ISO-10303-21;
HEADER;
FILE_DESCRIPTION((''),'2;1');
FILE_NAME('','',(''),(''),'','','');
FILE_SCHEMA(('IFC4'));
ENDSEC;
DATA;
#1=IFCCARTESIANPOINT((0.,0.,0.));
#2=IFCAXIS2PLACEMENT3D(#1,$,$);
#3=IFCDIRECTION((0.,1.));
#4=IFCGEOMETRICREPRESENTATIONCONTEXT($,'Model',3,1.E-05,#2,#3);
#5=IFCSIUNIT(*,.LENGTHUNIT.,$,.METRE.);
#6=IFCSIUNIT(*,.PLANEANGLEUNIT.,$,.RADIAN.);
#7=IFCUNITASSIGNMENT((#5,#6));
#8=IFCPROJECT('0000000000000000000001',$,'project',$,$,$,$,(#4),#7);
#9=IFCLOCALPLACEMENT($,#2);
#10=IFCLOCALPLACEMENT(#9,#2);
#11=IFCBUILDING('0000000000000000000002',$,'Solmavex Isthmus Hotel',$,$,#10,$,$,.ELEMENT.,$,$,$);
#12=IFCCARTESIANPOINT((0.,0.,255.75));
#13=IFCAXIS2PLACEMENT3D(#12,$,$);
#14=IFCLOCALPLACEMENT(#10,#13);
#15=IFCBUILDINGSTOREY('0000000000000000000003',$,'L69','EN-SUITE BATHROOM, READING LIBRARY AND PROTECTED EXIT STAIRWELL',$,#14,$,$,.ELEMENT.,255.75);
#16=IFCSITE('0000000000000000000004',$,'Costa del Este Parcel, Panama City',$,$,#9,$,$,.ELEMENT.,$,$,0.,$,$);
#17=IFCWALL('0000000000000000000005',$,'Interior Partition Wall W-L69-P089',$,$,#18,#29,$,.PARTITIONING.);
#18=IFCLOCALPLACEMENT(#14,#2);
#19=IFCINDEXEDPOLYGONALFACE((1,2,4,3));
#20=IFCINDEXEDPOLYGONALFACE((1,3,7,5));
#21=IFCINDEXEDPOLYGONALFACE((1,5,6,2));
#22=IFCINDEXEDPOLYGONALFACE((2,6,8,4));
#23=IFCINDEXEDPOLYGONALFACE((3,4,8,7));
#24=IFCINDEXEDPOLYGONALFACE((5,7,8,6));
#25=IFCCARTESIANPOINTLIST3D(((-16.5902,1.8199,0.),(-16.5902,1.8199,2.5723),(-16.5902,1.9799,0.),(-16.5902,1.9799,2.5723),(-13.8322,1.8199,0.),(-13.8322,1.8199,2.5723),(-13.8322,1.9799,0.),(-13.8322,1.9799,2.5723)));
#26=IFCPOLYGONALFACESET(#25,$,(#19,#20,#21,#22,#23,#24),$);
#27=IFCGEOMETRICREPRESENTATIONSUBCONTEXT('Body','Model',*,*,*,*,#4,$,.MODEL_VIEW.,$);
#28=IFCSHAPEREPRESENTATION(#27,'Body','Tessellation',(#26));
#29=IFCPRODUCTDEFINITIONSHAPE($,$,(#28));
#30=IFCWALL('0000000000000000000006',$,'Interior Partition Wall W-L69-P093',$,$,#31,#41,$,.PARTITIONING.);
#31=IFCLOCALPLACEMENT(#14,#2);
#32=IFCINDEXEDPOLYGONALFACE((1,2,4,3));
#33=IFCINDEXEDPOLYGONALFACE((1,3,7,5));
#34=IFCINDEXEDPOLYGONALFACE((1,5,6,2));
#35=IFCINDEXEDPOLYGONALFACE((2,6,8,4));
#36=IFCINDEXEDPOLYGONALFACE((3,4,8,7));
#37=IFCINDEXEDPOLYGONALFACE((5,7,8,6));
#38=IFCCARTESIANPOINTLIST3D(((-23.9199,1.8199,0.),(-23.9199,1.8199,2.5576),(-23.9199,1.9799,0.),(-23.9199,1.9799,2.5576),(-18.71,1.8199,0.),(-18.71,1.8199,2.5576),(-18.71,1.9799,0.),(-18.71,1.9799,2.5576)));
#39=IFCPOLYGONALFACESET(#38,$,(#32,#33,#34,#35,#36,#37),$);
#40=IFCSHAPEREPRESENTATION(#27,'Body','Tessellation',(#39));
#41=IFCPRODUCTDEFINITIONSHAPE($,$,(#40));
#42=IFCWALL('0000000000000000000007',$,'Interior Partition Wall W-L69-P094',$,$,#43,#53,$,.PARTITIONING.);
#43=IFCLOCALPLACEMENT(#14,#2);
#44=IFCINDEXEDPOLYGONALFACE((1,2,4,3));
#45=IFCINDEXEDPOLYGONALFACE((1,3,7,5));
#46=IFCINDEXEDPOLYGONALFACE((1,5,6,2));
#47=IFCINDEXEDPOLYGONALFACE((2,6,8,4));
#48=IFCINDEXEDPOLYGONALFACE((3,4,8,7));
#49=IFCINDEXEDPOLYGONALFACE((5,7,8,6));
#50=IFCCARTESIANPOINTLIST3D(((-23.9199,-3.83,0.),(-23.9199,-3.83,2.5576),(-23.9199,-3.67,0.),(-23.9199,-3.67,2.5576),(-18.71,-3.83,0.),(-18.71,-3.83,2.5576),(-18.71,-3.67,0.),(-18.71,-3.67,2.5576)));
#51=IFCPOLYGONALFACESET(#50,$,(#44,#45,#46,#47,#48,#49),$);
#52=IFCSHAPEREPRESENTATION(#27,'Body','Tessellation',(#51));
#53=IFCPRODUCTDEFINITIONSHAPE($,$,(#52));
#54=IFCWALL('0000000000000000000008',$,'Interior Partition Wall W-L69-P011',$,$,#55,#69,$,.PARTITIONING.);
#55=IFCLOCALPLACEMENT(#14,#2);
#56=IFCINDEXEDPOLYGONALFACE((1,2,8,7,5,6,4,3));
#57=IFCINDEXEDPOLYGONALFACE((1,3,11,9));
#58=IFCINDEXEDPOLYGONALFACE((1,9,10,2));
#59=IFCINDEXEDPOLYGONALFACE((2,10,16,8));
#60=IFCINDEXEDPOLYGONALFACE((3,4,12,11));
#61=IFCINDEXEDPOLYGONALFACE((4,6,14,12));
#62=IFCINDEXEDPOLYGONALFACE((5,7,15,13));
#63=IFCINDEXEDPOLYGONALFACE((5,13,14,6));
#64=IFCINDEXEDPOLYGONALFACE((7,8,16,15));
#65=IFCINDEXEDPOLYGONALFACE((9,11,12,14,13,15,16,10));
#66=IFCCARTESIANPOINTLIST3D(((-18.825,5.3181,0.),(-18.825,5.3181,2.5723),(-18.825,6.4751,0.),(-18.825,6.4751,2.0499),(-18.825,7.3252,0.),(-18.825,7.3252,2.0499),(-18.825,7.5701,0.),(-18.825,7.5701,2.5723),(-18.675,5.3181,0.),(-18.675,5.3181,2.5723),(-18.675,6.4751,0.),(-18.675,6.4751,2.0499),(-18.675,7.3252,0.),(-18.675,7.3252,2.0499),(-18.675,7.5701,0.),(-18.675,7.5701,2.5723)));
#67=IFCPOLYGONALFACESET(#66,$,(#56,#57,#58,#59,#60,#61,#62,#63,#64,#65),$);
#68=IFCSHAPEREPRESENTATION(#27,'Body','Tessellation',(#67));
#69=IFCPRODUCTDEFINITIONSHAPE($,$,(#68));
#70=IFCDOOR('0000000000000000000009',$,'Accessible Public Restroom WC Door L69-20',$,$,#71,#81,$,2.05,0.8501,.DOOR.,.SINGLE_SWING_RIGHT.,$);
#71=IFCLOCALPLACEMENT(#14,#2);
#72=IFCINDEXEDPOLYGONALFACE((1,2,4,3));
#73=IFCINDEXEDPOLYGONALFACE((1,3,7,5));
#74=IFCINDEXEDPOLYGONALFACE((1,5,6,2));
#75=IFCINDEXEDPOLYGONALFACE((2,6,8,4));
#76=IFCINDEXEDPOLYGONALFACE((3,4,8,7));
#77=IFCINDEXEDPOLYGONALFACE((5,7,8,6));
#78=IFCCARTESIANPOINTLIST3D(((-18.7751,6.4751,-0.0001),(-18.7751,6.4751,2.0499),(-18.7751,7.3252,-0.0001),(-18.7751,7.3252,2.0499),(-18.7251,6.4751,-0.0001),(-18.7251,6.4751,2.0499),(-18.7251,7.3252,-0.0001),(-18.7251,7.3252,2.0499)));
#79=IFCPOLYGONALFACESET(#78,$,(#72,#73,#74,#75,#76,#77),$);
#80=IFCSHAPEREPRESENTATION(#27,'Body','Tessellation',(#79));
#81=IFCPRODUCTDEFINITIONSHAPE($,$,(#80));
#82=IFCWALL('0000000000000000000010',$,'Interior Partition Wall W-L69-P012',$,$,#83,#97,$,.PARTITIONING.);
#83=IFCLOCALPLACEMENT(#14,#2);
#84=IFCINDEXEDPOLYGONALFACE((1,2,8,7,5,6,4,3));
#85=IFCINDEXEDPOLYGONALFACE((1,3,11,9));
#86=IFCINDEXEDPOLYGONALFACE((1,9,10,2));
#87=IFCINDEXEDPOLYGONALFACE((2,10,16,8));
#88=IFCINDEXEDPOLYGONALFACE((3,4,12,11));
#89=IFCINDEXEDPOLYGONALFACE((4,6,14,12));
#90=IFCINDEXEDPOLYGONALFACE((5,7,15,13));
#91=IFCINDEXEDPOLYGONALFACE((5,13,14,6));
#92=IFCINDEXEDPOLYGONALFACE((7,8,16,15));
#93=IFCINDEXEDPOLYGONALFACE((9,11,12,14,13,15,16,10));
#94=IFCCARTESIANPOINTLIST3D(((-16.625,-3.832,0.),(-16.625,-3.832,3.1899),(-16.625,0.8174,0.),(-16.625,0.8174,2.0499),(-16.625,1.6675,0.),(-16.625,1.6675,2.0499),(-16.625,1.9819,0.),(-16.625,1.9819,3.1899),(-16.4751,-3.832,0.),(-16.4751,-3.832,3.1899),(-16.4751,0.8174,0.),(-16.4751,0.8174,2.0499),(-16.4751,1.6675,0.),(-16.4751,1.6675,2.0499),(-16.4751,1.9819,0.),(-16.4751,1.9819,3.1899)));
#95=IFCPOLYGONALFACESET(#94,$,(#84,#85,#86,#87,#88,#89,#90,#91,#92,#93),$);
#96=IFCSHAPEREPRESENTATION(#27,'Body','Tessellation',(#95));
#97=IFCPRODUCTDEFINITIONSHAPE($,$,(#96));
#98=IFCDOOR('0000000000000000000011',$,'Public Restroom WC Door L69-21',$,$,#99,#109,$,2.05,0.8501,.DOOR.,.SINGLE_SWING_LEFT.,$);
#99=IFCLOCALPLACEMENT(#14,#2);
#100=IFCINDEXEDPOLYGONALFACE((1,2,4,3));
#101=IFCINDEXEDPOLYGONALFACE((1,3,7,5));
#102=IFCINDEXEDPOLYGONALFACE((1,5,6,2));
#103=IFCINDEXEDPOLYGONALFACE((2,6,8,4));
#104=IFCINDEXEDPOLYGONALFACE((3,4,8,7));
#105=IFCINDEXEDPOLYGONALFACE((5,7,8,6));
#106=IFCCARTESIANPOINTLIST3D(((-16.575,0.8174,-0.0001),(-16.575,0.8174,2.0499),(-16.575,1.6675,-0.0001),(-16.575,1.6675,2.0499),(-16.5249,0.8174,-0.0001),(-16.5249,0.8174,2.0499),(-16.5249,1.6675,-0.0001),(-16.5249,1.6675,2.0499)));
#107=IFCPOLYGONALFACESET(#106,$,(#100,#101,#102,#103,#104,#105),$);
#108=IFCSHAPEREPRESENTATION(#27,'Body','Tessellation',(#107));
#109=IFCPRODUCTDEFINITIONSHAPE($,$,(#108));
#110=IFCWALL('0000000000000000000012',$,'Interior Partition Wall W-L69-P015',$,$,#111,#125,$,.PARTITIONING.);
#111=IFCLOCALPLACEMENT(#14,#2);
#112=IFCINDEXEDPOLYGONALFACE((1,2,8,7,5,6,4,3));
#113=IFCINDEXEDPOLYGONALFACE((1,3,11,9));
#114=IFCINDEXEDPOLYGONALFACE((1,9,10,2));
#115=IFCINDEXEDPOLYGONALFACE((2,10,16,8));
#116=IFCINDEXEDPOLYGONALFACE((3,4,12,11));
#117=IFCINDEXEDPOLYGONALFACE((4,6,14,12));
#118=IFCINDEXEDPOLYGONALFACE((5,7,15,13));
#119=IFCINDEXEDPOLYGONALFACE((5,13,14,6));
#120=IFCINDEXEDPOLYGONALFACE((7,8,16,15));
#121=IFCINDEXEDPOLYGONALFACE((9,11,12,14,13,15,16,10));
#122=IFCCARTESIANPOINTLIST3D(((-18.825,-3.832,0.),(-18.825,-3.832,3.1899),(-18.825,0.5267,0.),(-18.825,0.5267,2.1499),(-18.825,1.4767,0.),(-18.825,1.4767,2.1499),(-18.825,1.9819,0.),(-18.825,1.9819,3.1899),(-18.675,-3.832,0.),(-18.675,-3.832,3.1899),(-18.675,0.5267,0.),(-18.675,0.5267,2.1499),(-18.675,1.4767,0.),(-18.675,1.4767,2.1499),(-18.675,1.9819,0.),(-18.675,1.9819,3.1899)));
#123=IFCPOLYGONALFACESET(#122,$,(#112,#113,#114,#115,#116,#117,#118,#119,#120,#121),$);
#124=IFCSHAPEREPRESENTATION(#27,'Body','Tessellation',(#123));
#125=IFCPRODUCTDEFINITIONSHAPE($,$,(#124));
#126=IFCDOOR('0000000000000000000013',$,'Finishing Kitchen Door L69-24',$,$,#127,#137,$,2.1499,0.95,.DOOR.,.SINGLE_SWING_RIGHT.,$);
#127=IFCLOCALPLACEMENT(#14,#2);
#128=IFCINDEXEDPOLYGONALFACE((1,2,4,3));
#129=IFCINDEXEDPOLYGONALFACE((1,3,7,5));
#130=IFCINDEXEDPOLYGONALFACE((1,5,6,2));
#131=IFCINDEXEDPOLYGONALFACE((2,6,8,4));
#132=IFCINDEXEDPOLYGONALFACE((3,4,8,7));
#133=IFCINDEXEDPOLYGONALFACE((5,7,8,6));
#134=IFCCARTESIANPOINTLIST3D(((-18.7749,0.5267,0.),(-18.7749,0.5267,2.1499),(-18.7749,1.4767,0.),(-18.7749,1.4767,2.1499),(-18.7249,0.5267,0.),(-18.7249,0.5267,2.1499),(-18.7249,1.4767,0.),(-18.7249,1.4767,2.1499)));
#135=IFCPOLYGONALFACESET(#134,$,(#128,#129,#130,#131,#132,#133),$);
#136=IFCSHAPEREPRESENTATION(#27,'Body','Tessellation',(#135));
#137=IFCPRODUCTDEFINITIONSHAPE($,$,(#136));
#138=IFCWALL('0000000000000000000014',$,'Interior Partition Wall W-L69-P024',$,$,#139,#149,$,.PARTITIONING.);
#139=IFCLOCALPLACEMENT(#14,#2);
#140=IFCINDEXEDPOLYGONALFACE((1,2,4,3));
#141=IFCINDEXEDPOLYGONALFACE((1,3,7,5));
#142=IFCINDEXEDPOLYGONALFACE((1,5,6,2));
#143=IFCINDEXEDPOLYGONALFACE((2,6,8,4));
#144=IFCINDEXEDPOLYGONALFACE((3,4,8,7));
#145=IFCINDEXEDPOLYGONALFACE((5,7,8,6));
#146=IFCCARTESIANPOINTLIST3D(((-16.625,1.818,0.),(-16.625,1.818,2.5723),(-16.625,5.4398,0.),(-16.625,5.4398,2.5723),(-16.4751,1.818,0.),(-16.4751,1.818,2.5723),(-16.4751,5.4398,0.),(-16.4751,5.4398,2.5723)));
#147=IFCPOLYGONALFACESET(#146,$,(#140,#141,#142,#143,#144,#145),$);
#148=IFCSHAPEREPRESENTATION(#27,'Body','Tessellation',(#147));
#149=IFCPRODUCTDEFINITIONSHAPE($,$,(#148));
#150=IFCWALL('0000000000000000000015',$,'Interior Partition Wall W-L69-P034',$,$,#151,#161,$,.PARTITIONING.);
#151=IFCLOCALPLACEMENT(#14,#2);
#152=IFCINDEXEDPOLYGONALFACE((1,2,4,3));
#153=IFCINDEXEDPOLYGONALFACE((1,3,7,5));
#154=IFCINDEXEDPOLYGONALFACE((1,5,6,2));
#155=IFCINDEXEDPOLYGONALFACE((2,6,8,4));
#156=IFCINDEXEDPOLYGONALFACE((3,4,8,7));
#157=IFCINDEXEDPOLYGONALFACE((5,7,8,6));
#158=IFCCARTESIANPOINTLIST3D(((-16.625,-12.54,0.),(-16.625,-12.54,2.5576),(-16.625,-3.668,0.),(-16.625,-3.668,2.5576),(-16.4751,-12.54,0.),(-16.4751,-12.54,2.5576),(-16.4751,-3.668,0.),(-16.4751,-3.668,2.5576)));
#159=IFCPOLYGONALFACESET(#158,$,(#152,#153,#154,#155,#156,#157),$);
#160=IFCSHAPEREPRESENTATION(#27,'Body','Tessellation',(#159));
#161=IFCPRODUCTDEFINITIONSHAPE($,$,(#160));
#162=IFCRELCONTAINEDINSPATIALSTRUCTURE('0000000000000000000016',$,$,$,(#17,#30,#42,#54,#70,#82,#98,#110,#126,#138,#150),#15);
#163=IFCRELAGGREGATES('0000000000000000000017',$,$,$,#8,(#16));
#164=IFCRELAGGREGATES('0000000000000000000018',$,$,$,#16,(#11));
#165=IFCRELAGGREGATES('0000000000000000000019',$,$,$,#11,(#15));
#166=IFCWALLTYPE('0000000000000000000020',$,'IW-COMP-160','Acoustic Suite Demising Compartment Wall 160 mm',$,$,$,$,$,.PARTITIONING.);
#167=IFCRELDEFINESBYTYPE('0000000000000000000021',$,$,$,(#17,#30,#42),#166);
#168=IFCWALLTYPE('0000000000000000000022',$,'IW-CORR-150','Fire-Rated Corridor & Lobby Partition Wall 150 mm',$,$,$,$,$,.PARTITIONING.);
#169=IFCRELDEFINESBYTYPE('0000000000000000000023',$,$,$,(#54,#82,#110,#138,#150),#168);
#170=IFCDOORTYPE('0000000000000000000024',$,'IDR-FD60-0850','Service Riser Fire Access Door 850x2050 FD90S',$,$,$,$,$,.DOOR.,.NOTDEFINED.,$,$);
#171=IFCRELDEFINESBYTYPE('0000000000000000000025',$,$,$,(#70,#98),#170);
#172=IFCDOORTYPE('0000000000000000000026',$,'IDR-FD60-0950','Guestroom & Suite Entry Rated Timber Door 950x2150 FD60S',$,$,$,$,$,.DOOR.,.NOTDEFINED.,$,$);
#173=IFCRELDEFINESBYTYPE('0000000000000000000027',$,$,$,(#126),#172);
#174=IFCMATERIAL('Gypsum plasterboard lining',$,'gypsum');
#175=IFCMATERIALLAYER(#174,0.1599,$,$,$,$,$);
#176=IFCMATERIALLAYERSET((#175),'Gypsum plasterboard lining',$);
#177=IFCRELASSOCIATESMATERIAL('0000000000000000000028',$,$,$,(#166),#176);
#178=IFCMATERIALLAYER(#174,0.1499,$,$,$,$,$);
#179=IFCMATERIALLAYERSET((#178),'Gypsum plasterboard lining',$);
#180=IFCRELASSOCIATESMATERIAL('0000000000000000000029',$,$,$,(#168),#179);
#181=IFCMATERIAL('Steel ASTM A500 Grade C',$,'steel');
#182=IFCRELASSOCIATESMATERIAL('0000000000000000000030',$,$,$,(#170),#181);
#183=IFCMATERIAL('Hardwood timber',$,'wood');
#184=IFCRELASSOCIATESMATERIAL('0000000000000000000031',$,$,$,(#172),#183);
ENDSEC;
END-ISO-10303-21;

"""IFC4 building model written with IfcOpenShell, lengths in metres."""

from ifc_helpers import new_model, si_unit, direction, frame, frame_2d, origin, place, context, subcontext, project, spatial, rectangle, extrude, material, layer, layer_set, type_object, element, fill, save


model = new_model("IFC4")

# Units and contexts
model_context = context("Model", 3, precision=1e-05, world=origin(), true_north=direction((0.0, 1.0)))
body_context = subcontext(model_context, "Body", "Model", "MODEL_VIEW")
ifc_project = project(units=[si_unit("LENGTHUNIT", "METRE"), si_unit("PLANEANGLEUNIT", "RADIAN")], contexts=[model_context])

# Site, building, storey
site_placement = place(None, origin())
site = spatial("IfcSite", under=ifc_project, at=site_placement, Name="Costa del Este Parcel, Panama City", CompositionType="ELEMENT", RefElevation=0.0)
building_placement = place(site_placement, origin())
building = spatial("IfcBuilding", under=site, at=building_placement, Name="Solmavex Isthmus Hotel", CompositionType="ELEMENT")
storey_placement = place(building_placement, frame((0.0, 0.0, 255.75)))
storey = spatial("IfcBuildingStorey", under=building, at=storey_placement, Name="L69", Description="EN-SUITE BATHROOM, READING LIBRARY AND PROTECTED EXIT STAIRWELL", CompositionType="ELEMENT", Elevation=255.75)

# Walls
ifc_material_1 = material(Name="Gypsum plasterboard lining", Category="gypsum")
ifc_layer_1 = layer(ifc_material_1, 0.1599)
ifc_layer_set_1 = layer_set([ifc_layer_1], Name="Gypsum plasterboard lining")
wall_type_1 = type_object("IfcWallType", Name="IW-COMP-160", Description="Acoustic Suite Demising Compartment Wall 160 mm", PredefinedType="PARTITIONING", material=ifc_layer_set_1)
wall_1_placement = place(storey_placement, frame((-16.5901, 1.8999, 0.0), z_axis=(0.0, 0.0, 1.0), x_axis=(1.0, 0.0, 0.0)))
element("IfcWall", 1, at=wall_1_placement, inside=storey, type_object=wall_type_1, Name="Interior Partition Wall W-L69-P089", PredefinedType="PARTITIONING", context=body_context, shape_type="SweptSolid", body=[
    extrude(rectangle(XDim=2.7581, YDim=0.1599, at=frame_2d((1.3789, 0.0))), origin(), (0.0, 0.0, 1.0), 2.5723),
])
for number, where, z_axis, x_axis, name in (
    (2, (-18.71, 1.8999, 0.0), (0.0, 0.0, 1.0), (-1.0, 0.0, 0.0), "Interior Partition Wall W-L69-P093"),
    (3, (-18.71, -3.75, 0.0), (0.0, 0.0, 1.0), (-1.0, 0.0, 0.0), "Interior Partition Wall W-L69-P094"),
):
    element("IfcWall", number, at=place(storey_placement, frame(where, z_axis=z_axis, x_axis=x_axis)), inside=storey, type_object=wall_type_1, Name=name, PredefinedType="PARTITIONING", context=body_context, shape_type="SweptSolid", body=[
        extrude(rectangle(XDim=5.21, YDim=0.1599, at=frame_2d((2.605, 0.0))), origin(), (0.0, 0.0, 1.0), 2.5576),
    ])

# Walls, openings, doors
ifc_layer_2 = layer(ifc_material_1, 0.1499)
ifc_layer_set_2 = layer_set([ifc_layer_2], Name="Gypsum plasterboard lining")
wall_type_2 = type_object("IfcWallType", Name="IW-CORR-150", Description="Fire-Rated Corridor & Lobby Partition Wall 150 mm", PredefinedType="PARTITIONING", material=ifc_layer_set_2)
wall_2_placement = place(storey_placement, frame((-18.75, 5.3181, 0.0), z_axis=(0.0, 0.0, 1.0), x_axis=(0.0, 1.0, 0.0)))
wall_2 = element("IfcWall", 4, at=wall_2_placement, inside=storey, type_object=wall_type_2, Name="Interior Partition Wall W-L69-P011", PredefinedType="PARTITIONING", context=body_context, shape_type="SweptSolid", body=[
    extrude(rectangle(XDim=2.252, YDim=0.1499, at=frame_2d((1.126, 0.0))), origin(), (0.0, 0.0, 1.0), 2.5723),
])
opening_1_placement = place(wall_2_placement, frame((1.157, 0.0, 0.0)))
opening_1 = element("IfcOpeningElement", 5, at=opening_1_placement, cuts=wall_2, PredefinedType="OPENING", context=body_context, shape_type="SweptSolid", body=[
    extrude(rectangle(XDim=0.8501, YDim=2.05, at=frame_2d((0.425, 1.0249))), frame((0.0, 0.085, 0.0), z_axis=(0.0, -1.0, 0.0), x_axis=(1.0, 0.0, 0.0)), (0.0, 0.0, 1.0), 0.1699),
])
ifc_material_2 = material(Name="Steel ASTM A500 Grade C", Category="steel")
door_type_1 = type_object("IfcDoorType", Name="IDR-FD60-0850", Description="Service Riser Fire Access Door 850x2050 FD90S", OperationType="NOTDEFINED", PredefinedType="DOOR", material=ifc_material_2)
door_1_placement = place(opening_1_placement, frame((0.8501, 0.0, 0.0), z_axis=(0.0, 0.0, 1.0), x_axis=(-1.0, 0.0, 0.0)))
door_1 = element("IfcDoor", 6, at=door_1_placement, inside=storey, type_object=door_type_1, Name="Accessible Public Restroom WC Door L69-20", OperationType="SINGLE_SWING_RIGHT", OverallHeight=2.05, OverallWidth=0.8501, PredefinedType="DOOR", context=body_context, shape_type="SweptSolid", body=[
    extrude(rectangle(XDim=0.8501, YDim=2.05, at=frame_2d((0.425, 1.0249))), frame((0.0, 0.0249, 0.0), z_axis=(0.0, -1.0, 0.0), x_axis=(1.0, 0.0, 0.0)), (0.0, 0.0, 1.0), 0.05),
])
fill(opening_1, door_1)
wall_3_placement = place(storey_placement, frame((-16.55, 1.9819, 0.0), z_axis=(0.0, 0.0, 1.0), x_axis=(0.0, -1.0, 0.0)))
wall_3 = element("IfcWall", 7, at=wall_3_placement, inside=storey, type_object=wall_type_2, Name="Interior Partition Wall W-L69-P012", PredefinedType="PARTITIONING", context=body_context, shape_type="SweptSolid", body=[
    extrude(rectangle(XDim=5.814, YDim=0.1499, at=frame_2d((2.907, 0.0))), origin(), (0.0, 0.0, 1.0), 3.1899),
])
opening_2_placement = place(wall_3_placement, frame((0.3145, 0.0, 0.0)))
opening_2 = element("IfcOpeningElement", 8, at=opening_2_placement, cuts=wall_3, PredefinedType="OPENING", context=body_context, shape_type="SweptSolid", body=[
    extrude(rectangle(XDim=0.8501, YDim=2.05, at=frame_2d((0.425, 1.0249))), frame((0.0, 0.085, 0.0), z_axis=(0.0, -1.0, 0.0), x_axis=(1.0, 0.0, 0.0)), (0.0, 0.0, 1.0), 0.1699),
])
door_2_placement = place(opening_2_placement, frame((0.8501, 0.0, 0.0), z_axis=(0.0, 0.0, 1.0), x_axis=(-1.0, 0.0, 0.0)))
door_2 = element("IfcDoor", 9, at=door_2_placement, inside=storey, type_object=door_type_1, Name="Public Restroom WC Door L69-21", OperationType="SINGLE_SWING_LEFT", OverallHeight=2.05, OverallWidth=0.8501, PredefinedType="DOOR", context=body_context, shape_type="SweptSolid", body=[
    extrude(rectangle(XDim=0.8501, YDim=2.05, at=frame_2d((0.425, 1.0249))), frame((0.0, 0.0249, 0.0), z_axis=(0.0, -1.0, 0.0), x_axis=(1.0, 0.0, 0.0)), (0.0, 0.0, 1.0), 0.05),
])
fill(opening_2, door_2)
ifc_material_3 = material(Name="Hardwood timber", Category="wood")
door_type_2 = type_object("IfcDoorType", Name="IDR-FD60-0950", Description="Guestroom & Suite Entry Rated Timber Door 950x2150 FD60S", OperationType="NOTDEFINED", PredefinedType="DOOR", material=ifc_material_3)
wall_4_placement = place(storey_placement, frame((-18.75, -3.832, 0.0), z_axis=(0.0, 0.0, 1.0), x_axis=(0.0, 1.0, 0.0)))
wall_4 = element("IfcWall", 10, at=wall_4_placement, inside=storey, type_object=wall_type_2, Name="Interior Partition Wall W-L69-P015", PredefinedType="PARTITIONING", context=body_context, shape_type="SweptSolid", body=[
    extrude(rectangle(XDim=5.814, YDim=0.1499, at=frame_2d((2.907, 0.0))), origin(), (0.0, 0.0, 1.0), 3.1899),
])
opening_3_placement = place(wall_4_placement, frame((4.3586, 0.0, 0.0)))
opening_3 = element("IfcOpeningElement", 11, at=opening_3_placement, cuts=wall_4, PredefinedType="OPENING", context=body_context, shape_type="SweptSolid", body=[
    extrude(rectangle(XDim=0.95, YDim=2.1499, at=frame_2d((0.4751, 1.075))), frame((0.0, 0.085, 0.0), z_axis=(0.0, -1.0, 0.0), x_axis=(1.0, 0.0, 0.0)), (0.0, 0.0, 1.0), 0.1699),
])
door_3_placement = place(opening_3_placement, origin())
door_3 = element("IfcDoor", 12, at=door_3_placement, inside=storey, type_object=door_type_2, Name="Finishing Kitchen Door L69-24", OperationType="SINGLE_SWING_RIGHT", OverallHeight=2.1499, OverallWidth=0.95, PredefinedType="DOOR", context=body_context, shape_type="SweptSolid", body=[
    extrude(rectangle(XDim=0.95, YDim=2.1499, at=frame_2d((0.4751, 1.075))), frame((0.0, 0.0249, 0.0), z_axis=(0.0, -1.0, 0.0), x_axis=(1.0, 0.0, 0.0)), (0.0, 0.0, 1.0), 0.05),
])
fill(opening_3, door_3)

# Walls
wall_5_placement = place(storey_placement, frame((-16.55, 5.4399, 0.0), z_axis=(0.0, 0.0, 1.0), x_axis=(0.0, -1.0, 0.0)))
element("IfcWall", 13, at=wall_5_placement, inside=storey, type_object=wall_type_2, Name="Interior Partition Wall W-L69-P024", PredefinedType="PARTITIONING", context=body_context, shape_type="SweptSolid", body=[
    extrude(rectangle(XDim=3.6218, YDim=0.1499, at=frame_2d((1.811, 0.0))), origin(), (0.0, 0.0, 1.0), 2.5723),
])
wall_6_placement = place(storey_placement, frame((-16.55, -3.668, 0.0), z_axis=(0.0, 0.0, 1.0), x_axis=(0.0, -1.0, 0.0)))
element("IfcWall", 14, at=wall_6_placement, inside=storey, type_object=wall_type_2, Name="Interior Partition Wall W-L69-P034", PredefinedType="PARTITIONING", context=body_context, shape_type="SweptSolid", body=[
    extrude(rectangle(XDim=8.8721, YDim=0.1499, at=frame_2d((4.436, 0.0))), origin(), (0.0, 0.0, 1.0), 2.5576),
])

save(model, "model.ifc")
